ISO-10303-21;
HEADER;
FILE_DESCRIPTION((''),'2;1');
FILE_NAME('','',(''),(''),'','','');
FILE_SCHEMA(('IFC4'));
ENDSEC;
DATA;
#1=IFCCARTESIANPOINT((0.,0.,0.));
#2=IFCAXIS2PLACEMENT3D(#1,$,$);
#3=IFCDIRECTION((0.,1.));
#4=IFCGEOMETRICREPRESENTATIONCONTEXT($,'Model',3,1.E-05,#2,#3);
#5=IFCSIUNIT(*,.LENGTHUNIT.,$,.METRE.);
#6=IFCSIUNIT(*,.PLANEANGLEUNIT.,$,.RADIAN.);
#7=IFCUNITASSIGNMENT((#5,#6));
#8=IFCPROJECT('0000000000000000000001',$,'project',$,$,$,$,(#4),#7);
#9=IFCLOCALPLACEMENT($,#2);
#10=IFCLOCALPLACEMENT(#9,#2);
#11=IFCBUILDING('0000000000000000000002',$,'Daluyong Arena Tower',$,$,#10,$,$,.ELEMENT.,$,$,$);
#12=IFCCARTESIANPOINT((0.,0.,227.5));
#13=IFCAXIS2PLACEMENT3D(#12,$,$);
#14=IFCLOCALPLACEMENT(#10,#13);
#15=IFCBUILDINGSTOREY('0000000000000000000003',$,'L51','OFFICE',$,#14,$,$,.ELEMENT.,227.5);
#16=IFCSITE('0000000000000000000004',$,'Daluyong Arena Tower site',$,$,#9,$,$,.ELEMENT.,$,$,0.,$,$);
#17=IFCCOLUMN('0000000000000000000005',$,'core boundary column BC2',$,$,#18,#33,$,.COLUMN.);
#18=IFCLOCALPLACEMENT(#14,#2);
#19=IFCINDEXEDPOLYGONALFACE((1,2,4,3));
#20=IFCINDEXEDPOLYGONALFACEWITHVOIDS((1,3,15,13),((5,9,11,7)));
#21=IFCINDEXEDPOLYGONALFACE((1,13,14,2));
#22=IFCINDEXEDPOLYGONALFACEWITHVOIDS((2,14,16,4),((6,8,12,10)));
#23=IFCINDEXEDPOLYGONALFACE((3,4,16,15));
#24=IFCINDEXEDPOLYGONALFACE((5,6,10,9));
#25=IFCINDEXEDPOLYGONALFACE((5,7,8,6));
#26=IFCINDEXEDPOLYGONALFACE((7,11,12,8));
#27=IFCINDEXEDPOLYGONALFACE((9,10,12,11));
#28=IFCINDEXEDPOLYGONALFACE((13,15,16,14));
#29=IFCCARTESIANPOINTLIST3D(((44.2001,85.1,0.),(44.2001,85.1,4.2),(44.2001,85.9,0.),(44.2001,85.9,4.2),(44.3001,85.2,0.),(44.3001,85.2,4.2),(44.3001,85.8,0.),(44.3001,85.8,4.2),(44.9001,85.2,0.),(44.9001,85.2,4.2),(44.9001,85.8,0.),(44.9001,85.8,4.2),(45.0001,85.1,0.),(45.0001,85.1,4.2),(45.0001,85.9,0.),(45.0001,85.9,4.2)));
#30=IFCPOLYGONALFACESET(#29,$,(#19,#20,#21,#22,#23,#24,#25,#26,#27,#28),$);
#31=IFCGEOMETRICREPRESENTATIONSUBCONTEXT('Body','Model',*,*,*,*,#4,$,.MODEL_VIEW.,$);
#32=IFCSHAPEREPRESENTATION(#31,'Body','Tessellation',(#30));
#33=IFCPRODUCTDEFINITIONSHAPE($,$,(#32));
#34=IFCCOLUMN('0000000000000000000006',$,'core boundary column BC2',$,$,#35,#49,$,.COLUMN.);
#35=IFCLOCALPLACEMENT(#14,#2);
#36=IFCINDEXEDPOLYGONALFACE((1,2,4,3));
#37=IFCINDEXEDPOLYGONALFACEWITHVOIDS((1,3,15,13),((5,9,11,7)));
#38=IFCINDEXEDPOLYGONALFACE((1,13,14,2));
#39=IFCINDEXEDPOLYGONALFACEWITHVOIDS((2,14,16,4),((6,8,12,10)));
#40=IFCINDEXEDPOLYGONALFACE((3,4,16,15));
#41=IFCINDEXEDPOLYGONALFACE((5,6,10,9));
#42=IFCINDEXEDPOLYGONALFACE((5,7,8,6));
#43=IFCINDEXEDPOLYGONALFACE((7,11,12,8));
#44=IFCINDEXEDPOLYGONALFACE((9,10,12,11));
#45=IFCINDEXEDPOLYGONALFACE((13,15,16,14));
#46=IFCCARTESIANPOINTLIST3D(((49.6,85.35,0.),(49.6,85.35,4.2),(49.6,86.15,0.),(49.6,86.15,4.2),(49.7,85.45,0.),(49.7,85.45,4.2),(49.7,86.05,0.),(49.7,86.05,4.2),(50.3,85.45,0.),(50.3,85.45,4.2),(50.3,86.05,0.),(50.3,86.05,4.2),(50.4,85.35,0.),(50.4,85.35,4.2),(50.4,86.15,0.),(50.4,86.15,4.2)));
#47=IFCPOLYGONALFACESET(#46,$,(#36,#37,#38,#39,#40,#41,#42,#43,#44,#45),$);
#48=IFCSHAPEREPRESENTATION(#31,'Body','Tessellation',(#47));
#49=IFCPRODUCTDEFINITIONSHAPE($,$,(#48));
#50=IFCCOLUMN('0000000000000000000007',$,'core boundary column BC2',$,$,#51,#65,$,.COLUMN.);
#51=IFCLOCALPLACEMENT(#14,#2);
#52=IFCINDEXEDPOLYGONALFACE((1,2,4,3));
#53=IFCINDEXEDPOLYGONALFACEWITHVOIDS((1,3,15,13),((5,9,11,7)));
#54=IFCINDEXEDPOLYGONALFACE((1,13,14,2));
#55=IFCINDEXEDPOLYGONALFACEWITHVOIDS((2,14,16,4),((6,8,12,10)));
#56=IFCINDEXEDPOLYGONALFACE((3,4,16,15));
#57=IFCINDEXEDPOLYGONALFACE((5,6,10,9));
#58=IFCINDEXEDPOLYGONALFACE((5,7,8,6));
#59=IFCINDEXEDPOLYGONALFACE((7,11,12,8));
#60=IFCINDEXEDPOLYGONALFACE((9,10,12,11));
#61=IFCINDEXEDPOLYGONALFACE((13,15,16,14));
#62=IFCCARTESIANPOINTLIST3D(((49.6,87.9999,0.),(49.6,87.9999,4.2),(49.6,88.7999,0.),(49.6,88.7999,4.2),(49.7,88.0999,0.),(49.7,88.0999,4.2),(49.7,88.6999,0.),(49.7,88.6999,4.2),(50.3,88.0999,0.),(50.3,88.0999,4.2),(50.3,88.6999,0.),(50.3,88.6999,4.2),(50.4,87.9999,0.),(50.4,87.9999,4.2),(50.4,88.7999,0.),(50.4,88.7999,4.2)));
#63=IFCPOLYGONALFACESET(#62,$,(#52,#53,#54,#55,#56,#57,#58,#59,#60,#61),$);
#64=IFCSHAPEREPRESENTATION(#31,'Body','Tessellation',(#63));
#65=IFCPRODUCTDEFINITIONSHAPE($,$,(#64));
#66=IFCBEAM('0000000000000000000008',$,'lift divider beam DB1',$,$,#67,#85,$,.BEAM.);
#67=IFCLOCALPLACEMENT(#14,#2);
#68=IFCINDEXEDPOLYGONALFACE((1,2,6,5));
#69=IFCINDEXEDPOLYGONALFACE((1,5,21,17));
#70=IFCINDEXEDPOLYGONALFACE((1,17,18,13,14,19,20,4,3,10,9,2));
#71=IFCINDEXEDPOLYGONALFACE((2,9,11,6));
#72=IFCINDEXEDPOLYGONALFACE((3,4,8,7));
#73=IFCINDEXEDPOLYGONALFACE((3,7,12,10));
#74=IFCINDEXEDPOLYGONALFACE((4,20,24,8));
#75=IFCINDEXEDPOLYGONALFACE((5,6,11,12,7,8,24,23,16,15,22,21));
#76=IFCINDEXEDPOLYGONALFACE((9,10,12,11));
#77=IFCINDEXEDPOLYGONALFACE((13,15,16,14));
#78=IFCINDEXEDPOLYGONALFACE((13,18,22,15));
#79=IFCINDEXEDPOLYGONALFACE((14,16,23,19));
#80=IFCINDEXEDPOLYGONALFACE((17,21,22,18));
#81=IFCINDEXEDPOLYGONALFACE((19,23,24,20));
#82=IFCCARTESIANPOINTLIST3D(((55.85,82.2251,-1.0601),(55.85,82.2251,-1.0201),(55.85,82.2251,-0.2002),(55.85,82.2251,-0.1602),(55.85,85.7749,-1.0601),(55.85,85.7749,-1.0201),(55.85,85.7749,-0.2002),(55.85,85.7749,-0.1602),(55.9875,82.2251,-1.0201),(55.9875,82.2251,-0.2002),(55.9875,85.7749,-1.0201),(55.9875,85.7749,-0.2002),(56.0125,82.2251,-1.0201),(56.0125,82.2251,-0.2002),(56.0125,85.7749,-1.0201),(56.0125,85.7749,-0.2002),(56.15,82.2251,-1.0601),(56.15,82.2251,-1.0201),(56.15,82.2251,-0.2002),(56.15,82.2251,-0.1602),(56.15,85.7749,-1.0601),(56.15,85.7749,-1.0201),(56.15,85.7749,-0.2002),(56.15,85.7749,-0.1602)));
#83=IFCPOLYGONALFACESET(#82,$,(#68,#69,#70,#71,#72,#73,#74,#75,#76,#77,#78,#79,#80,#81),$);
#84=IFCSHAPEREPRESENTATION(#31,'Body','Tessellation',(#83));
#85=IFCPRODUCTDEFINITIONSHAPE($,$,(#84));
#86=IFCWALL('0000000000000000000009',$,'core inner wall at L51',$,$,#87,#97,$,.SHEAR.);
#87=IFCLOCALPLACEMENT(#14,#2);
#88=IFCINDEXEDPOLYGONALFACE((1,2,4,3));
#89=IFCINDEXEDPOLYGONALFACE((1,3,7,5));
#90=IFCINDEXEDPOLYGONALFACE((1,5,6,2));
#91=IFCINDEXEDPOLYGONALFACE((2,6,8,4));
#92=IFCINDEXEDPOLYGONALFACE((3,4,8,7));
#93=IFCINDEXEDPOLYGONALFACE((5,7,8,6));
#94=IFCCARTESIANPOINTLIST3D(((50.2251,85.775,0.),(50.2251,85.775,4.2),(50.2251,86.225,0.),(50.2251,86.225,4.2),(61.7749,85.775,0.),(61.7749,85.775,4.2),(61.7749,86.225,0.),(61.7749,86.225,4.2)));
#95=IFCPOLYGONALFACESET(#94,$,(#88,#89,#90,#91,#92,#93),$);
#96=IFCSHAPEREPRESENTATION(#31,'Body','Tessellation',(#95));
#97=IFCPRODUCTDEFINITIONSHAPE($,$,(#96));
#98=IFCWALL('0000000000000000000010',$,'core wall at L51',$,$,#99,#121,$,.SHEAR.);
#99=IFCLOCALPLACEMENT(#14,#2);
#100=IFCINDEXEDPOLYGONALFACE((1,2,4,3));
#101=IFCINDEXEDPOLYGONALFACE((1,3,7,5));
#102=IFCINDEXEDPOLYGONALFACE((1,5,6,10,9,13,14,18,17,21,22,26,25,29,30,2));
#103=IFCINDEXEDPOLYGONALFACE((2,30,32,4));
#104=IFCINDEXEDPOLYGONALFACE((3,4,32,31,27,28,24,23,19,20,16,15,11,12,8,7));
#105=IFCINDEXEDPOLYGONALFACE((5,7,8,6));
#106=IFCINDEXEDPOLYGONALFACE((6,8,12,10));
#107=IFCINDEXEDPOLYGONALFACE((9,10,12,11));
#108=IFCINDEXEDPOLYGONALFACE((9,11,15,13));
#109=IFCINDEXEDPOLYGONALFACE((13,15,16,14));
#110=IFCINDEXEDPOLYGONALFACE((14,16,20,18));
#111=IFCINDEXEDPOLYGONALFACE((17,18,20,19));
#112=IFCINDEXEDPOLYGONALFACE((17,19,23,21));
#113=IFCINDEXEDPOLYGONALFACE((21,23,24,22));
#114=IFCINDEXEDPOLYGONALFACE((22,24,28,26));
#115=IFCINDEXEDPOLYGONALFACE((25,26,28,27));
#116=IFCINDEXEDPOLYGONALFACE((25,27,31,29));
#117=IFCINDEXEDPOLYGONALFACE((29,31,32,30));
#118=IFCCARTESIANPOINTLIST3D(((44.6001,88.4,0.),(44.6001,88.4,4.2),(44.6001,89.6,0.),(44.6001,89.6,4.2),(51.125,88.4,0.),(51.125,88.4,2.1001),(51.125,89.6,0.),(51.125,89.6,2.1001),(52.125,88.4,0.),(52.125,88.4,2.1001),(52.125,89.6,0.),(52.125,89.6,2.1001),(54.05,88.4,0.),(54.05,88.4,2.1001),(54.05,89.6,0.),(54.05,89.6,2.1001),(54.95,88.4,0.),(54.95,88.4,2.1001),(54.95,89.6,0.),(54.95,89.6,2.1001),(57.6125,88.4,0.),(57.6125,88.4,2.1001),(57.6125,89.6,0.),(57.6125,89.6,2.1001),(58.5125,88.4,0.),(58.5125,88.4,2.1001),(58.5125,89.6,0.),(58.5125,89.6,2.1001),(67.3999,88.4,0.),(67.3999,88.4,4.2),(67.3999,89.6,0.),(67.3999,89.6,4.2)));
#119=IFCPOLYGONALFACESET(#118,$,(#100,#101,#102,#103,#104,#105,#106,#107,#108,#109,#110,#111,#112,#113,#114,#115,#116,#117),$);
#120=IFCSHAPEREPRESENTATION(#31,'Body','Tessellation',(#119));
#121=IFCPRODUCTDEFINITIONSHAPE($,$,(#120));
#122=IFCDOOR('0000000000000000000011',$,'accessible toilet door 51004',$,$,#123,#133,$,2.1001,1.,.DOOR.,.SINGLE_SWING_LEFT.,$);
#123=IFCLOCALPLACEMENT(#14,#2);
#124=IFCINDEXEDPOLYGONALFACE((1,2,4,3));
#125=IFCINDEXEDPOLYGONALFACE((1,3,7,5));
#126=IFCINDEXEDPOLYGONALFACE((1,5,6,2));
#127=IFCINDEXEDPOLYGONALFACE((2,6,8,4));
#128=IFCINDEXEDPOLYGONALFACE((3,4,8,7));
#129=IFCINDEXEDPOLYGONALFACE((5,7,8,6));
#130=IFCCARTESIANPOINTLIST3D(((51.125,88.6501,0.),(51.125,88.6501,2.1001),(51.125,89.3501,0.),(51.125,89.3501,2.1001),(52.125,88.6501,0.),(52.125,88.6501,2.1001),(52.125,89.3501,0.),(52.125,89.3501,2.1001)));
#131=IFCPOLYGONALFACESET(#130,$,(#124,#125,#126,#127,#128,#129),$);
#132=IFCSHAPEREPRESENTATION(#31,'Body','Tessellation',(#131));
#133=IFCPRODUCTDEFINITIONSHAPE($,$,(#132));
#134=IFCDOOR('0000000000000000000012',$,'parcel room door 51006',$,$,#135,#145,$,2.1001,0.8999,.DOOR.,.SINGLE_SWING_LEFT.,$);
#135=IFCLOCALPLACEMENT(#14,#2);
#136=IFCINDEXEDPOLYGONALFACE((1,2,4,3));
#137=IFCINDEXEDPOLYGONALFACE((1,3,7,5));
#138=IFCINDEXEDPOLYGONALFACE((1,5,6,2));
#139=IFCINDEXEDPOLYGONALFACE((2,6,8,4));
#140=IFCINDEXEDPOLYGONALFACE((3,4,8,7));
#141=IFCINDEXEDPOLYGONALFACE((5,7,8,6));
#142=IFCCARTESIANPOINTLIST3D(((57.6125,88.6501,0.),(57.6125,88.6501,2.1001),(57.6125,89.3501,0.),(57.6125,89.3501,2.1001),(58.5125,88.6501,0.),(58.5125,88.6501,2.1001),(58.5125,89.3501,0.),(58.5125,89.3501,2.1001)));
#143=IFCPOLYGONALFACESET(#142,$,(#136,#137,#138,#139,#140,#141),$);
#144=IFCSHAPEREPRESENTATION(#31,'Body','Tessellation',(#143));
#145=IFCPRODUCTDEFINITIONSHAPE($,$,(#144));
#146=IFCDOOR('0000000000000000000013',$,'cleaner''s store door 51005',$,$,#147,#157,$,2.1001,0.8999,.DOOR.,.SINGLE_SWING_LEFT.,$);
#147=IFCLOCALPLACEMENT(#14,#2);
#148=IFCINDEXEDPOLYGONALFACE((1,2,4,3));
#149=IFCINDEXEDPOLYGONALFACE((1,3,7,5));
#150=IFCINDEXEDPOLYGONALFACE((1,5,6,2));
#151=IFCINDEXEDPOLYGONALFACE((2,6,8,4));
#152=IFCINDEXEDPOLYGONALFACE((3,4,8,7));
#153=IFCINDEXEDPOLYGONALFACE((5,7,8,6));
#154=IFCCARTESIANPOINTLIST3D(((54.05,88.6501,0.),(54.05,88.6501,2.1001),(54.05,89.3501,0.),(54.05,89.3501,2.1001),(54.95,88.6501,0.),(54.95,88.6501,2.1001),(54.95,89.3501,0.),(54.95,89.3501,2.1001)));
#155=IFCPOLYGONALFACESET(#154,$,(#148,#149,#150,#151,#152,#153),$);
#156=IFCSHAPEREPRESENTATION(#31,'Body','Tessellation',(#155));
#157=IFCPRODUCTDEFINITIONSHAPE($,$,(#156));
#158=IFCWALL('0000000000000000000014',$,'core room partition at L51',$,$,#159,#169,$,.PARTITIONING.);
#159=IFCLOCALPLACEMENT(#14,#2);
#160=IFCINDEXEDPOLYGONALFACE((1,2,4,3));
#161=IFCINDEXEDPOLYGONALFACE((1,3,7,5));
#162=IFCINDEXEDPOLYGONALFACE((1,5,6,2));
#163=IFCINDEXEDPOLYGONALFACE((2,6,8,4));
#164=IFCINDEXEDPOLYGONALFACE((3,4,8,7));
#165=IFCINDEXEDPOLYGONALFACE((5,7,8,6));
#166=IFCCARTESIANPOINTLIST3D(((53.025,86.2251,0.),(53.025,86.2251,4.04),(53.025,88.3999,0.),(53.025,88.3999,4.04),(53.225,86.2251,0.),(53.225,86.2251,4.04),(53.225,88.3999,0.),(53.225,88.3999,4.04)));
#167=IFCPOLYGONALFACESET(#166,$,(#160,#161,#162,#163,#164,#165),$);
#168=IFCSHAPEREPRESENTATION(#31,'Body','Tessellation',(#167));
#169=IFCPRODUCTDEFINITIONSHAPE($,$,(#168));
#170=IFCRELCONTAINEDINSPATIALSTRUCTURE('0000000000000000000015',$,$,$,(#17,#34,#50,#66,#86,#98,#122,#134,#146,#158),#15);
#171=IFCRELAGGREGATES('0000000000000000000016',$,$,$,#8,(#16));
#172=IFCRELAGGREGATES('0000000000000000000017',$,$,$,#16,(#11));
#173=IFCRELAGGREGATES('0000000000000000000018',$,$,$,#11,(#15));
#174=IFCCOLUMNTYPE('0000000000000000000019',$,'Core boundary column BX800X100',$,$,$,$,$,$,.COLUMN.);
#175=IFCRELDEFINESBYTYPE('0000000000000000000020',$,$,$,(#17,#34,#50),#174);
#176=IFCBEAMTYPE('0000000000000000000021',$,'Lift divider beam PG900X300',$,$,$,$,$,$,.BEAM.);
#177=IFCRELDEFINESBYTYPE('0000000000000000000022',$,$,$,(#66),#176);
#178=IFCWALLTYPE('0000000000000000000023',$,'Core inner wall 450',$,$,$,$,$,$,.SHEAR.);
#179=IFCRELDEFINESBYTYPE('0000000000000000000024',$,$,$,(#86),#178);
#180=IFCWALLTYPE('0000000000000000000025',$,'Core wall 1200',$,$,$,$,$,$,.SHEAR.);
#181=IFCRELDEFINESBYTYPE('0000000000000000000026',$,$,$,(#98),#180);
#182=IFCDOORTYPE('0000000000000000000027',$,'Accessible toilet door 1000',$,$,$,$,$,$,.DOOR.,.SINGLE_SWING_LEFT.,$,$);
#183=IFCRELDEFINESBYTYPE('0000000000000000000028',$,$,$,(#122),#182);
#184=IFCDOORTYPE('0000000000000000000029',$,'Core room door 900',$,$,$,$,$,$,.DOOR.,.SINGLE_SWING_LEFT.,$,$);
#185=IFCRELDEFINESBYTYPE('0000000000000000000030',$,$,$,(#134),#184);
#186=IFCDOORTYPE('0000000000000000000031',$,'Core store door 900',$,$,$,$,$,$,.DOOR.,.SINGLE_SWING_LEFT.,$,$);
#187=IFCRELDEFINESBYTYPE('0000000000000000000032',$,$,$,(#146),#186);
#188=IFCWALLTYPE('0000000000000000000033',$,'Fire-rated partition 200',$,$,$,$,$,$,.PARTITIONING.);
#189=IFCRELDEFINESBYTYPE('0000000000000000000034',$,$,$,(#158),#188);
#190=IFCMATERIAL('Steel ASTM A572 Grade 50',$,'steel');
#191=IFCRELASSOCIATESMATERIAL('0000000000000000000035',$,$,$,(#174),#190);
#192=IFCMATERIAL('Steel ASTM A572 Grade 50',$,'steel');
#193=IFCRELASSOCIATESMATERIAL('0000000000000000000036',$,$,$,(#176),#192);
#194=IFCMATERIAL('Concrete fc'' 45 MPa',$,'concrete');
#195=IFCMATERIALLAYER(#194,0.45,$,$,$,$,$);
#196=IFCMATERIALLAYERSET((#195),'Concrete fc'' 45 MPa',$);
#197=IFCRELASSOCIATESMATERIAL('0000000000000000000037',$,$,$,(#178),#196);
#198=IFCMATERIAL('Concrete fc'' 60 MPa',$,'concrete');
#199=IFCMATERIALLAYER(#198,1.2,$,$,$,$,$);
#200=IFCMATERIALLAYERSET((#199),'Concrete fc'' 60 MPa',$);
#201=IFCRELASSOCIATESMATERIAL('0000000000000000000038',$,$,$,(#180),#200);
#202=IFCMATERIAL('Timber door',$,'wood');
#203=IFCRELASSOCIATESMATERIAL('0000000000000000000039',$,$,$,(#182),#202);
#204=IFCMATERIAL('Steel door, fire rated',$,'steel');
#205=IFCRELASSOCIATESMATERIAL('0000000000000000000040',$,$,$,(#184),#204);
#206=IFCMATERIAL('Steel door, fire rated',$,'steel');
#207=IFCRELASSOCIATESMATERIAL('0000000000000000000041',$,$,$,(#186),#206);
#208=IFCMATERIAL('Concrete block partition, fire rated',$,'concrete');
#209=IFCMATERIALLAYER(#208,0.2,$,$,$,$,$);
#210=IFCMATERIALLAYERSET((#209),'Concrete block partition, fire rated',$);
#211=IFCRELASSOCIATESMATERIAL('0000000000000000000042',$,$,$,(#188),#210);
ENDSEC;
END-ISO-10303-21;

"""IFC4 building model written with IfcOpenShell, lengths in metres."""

from ifc_helpers import new_model, si_unit, direction, frame, frame_2d, origin, origin_2d, place, context, subcontext, project, spatial, rectangle, hollow_rectangle, i_section, extrude, material, layer, layer_set, material_profile, profile_set, type_object, element, fill, save


model = new_model("IFC4")

# Units and contexts
model_context = context("Model", 3, precision=1e-05, world=origin(), true_north=direction((0.0, 1.0)))
body_context = subcontext(model_context, "Body", "Model", "MODEL_VIEW")
ifc_project = project(units=[si_unit("LENGTHUNIT", "METRE"), si_unit("PLANEANGLEUNIT", "RADIAN")], contexts=[model_context])

# Site, building, storey
site_placement = place(None, origin())
site = spatial("IfcSite", under=ifc_project, at=site_placement, Name="Daluyong Arena Tower site", CompositionType="ELEMENT", RefElevation=0.0)
building_placement = place(site_placement, origin())
building = spatial("IfcBuilding", under=site, at=building_placement, Name="Daluyong Arena Tower", CompositionType="ELEMENT")
storey_placement = place(building_placement, frame((0.0, 0.0, 227.5)))
storey = spatial("IfcBuildingStorey", under=building, at=storey_placement, Name="L51", Description="OFFICE", CompositionType="ELEMENT", Elevation=227.5)

# Columns
ifc_material_1 = material(Name="Steel ASTM A572 Grade 50", Category="steel")
ifc_material_profile_1 = material_profile(ifc_material_1, hollow_rectangle(XDim=0.8, YDim=0.8, WallThickness=0.1, at=origin_2d()))
ifc_profile_set_1 = profile_set([ifc_material_profile_1], Name="Steel ASTM A572 Grade 50")
column_type = type_object("IfcColumnType", Name="Core boundary column BX800X100", PredefinedType="COLUMN", material=ifc_profile_set_1)
for number, where, z_axis, x_axis, name in (
    (1, (44.6001, 85.5, 0.0), (0.0, 0.0, 1.0), (1.0, 0.0, 0.0), "core boundary column BC2"),
    (2, (50.0, 85.75, 0.0), (0.0, 0.0, 1.0), (1.0, 0.0, 0.0), "core boundary column BC2"),
    (3, (50.0, 88.3999, 0.0), (0.0, 0.0, 1.0), (1.0, 0.0, 0.0), "core boundary column BC2"),
):
    element("IfcColumn", number, at=place(storey_placement, frame(where, z_axis=z_axis, x_axis=x_axis)), inside=storey, type_object=column_type, Name=name, PredefinedType="COLUMN", context=body_context, shape_type="SweptSolid", body=[
        extrude(hollow_rectangle(XDim=0.8, YDim=0.8, WallThickness=0.1, at=origin_2d()), origin(), (0.0, 0.0, 1.0), 4.2),
    ])

# Beam
ifc_material_2 = material(Name="Steel ASTM A572 Grade 50", Category="steel")
ifc_material_profile_2 = material_profile(ifc_material_2, i_section(OverallWidth=0.3, OverallDepth=0.8999, WebThickness=0.025, FlangeThickness=0.04, at=origin_2d()))
ifc_profile_set_2 = profile_set([ifc_material_profile_2], Name="Steel ASTM A572 Grade 50")
beam_type = type_object("IfcBeamType", Name="Lift divider beam PG900X300", PredefinedType="BEAM", material=ifc_profile_set_2)
beam_placement = place(storey_placement, frame((56.0, 82.2251, -0.6101), z_axis=(0.0, 1.0, 0.0), x_axis=(-1.0, 0.0, 0.0)))
element("IfcBeam", 4, at=beam_placement, inside=storey, type_object=beam_type, Name="lift divider beam DB1", PredefinedType="BEAM", context=body_context, shape_type="SweptSolid", body=[
    extrude(i_section(OverallWidth=0.3, OverallDepth=0.8999, WebThickness=0.025, FlangeThickness=0.04, at=origin_2d()), origin(), (0.0, 0.0, 1.0), 3.5498),
])

# Wall
ifc_material_3 = material(Name="Concrete fc' 45 MPa", Category="concrete")
ifc_layer_1 = layer(ifc_material_3, 0.45)
ifc_layer_set_1 = layer_set([ifc_layer_1], Name="Concrete fc' 45 MPa")
wall_type_1 = type_object("IfcWallType", Name="Core inner wall 450", PredefinedType="SHEAR", material=ifc_layer_set_1)
wall_1_placement = place(storey_placement, frame((50.2251, 86.0, 0.0), z_axis=(0.0, 0.0, 1.0), x_axis=(1.0, 0.0, 0.0)))
element("IfcWall", 5, at=wall_1_placement, inside=storey, type_object=wall_type_1, Name="core inner wall at L51", PredefinedType="SHEAR", context=body_context, shape_type="SweptSolid", body=[
    extrude(rectangle(XDim=11.5498, YDim=0.45, at=frame_2d((5.7749, 0.0))), origin(), (0.0, 0.0, 1.0), 4.2),
])

# Wall, openings, doors
ifc_material_4 = material(Name="Concrete fc' 60 MPa", Category="concrete")
ifc_layer_2 = layer(ifc_material_4, 1.2)
ifc_layer_set_2 = layer_set([ifc_layer_2], Name="Concrete fc' 60 MPa")
wall_type_2 = type_object("IfcWallType", Name="Core wall 1200", PredefinedType="SHEAR", material=ifc_layer_set_2)
wall_2_placement = place(storey_placement, frame((44.6001, 89.0, 0.0), z_axis=(0.0, 0.0, 1.0), x_axis=(1.0, 0.0, 0.0)))
wall_2 = element("IfcWall", 6, at=wall_2_placement, inside=storey, type_object=wall_type_2, Name="core wall at L51", PredefinedType="SHEAR", context=body_context, shape_type="SweptSolid", body=[
    extrude(rectangle(XDim=22.7998, YDim=1.2, at=frame_2d((11.3999, 0.0))), origin(), (0.0, 0.0, 1.0), 4.2),
])
opening_1_placement = place(wall_2_placement, frame((6.5249, 0.0, 0.0)))
opening_1 = element("IfcOpeningElement", 7, at=opening_1_placement, cuts=wall_2, PredefinedType="OPENING", context=body_context, shape_type="SweptSolid", body=[
    extrude(rectangle(XDim=1.0, YDim=2.1001, at=frame_2d((0.5, 1.05))), frame((0.0, 0.6099, 0.0), z_axis=(0.0, -1.0, 0.0), x_axis=(1.0, 0.0, 0.0)), (0.0, 0.0, 1.0), 1.22),
])
opening_2_placement = place(wall_2_placement, frame((9.45, 0.0, 0.0)))
opening_2 = element("IfcOpeningElement", 8, at=opening_2_placement, cuts=wall_2, PredefinedType="OPENING", context=body_context, shape_type="SweptSolid", body=[
    extrude(rectangle(XDim=0.8999, YDim=2.1001, at=frame_2d((0.45, 1.05))), frame((0.0, 0.6099, 0.0), z_axis=(0.0, -1.0, 0.0), x_axis=(1.0, 0.0, 0.0)), (0.0, 0.0, 1.0), 1.22),
])
opening_3_placement = place(wall_2_placement, frame((13.0125, 0.0, 0.0)))
opening_3 = element("IfcOpeningElement", 9, at=opening_3_placement, cuts=wall_2, PredefinedType="OPENING", context=body_context, shape_type="SweptSolid", body=[
    extrude(rectangle(XDim=0.8999, YDim=2.1001, at=frame_2d((0.45, 1.05))), frame((0.0, 0.6099, 0.0), z_axis=(0.0, -1.0, 0.0), x_axis=(1.0, 0.0, 0.0)), (0.0, 0.0, 1.0), 1.22),
])
ifc_material_5 = material(Name="Timber door", Category="wood")
door_type_1 = type_object("IfcDoorType", Name="Accessible toilet door 1000", OperationType="SINGLE_SWING_LEFT", PredefinedType="DOOR", material=ifc_material_5)
door_1_placement = place(opening_1_placement, origin())
door_1 = element("IfcDoor", 10, at=door_1_placement, inside=storey, type_object=door_type_1, Name="accessible toilet door 51004", OperationType="SINGLE_SWING_LEFT", OverallHeight=2.1001, OverallWidth=1.0, PredefinedType="DOOR", context=body_context, shape_type="SweptSolid", body=[
    extrude(rectangle(XDim=1.0, YDim=2.1001, at=frame_2d((0.5, 1.05))), frame((0.0, 0.3501, 0.0), z_axis=(0.0, -1.0, 0.0), x_axis=(1.0, 0.0, 0.0)), (0.0, 0.0, 1.0), 0.7),
])
fill(opening_1, door_1)
ifc_material_6 = material(Name="Steel door, fire rated", Category="steel")
door_type_2 = type_object("IfcDoorType", Name="Core room door 900", OperationType="SINGLE_SWING_LEFT", PredefinedType="DOOR", material=ifc_material_6)
door_2_placement = place(opening_3_placement, origin())
door_2 = element("IfcDoor", 11, at=door_2_placement, inside=storey, type_object=door_type_2, Name="parcel room door 51006", OperationType="SINGLE_SWING_LEFT", OverallHeight=2.1001, OverallWidth=0.8999, PredefinedType="DOOR", context=body_context, shape_type="SweptSolid", body=[
    extrude(rectangle(XDim=0.8999, YDim=2.1001, at=frame_2d((0.45, 1.05))), frame((0.0, 0.3501, 0.0), z_axis=(0.0, -1.0, 0.0), x_axis=(1.0, 0.0, 0.0)), (0.0, 0.0, 1.0), 0.7),
])
fill(opening_3, door_2)
ifc_material_7 = material(Name="Steel door, fire rated", Category="steel")
door_type_3 = type_object("IfcDoorType", Name="Core store door 900", OperationType="SINGLE_SWING_LEFT", PredefinedType="DOOR", material=ifc_material_7)
door_3_placement = place(opening_2_placement, origin())
door_3 = element("IfcDoor", 12, at=door_3_placement, inside=storey, type_object=door_type_3, Name="cleaner's store door 51005", OperationType="SINGLE_SWING_LEFT", OverallHeight=2.1001, OverallWidth=0.8999, PredefinedType="DOOR", context=body_context, shape_type="SweptSolid", body=[
    extrude(rectangle(XDim=0.8999, YDim=2.1001, at=frame_2d((0.45, 1.05))), frame((0.0, 0.3501, 0.0), z_axis=(0.0, -1.0, 0.0), x_axis=(1.0, 0.0, 0.0)), (0.0, 0.0, 1.0), 0.7),
])
fill(opening_2, door_3)

# Wall
ifc_material_8 = material(Name="Concrete block partition, fire rated", Category="concrete")
ifc_layer_3 = layer(ifc_material_8, 0.2)
ifc_layer_set_3 = layer_set([ifc_layer_3], Name="Concrete block partition, fire rated")
wall_type_3 = type_object("IfcWallType", Name="Fire-rated partition 200", PredefinedType="PARTITIONING", material=ifc_layer_set_3)
wall_3_placement = place(storey_placement, frame((53.125, 86.2251, 0.0), z_axis=(0.0, 0.0, 1.0), x_axis=(0.0, 1.0, 0.0)))
element("IfcWall", 13, at=wall_3_placement, inside=storey, type_object=wall_type_3, Name="core room partition at L51", PredefinedType="PARTITIONING", context=body_context, shape_type="SweptSolid", body=[
    extrude(rectangle(XDim=2.1748, YDim=0.2, at=frame_2d((1.0874, 0.0))), origin(), (0.0, 0.0, 1.0), 4.04),
])

save(model, "model.ifc")
